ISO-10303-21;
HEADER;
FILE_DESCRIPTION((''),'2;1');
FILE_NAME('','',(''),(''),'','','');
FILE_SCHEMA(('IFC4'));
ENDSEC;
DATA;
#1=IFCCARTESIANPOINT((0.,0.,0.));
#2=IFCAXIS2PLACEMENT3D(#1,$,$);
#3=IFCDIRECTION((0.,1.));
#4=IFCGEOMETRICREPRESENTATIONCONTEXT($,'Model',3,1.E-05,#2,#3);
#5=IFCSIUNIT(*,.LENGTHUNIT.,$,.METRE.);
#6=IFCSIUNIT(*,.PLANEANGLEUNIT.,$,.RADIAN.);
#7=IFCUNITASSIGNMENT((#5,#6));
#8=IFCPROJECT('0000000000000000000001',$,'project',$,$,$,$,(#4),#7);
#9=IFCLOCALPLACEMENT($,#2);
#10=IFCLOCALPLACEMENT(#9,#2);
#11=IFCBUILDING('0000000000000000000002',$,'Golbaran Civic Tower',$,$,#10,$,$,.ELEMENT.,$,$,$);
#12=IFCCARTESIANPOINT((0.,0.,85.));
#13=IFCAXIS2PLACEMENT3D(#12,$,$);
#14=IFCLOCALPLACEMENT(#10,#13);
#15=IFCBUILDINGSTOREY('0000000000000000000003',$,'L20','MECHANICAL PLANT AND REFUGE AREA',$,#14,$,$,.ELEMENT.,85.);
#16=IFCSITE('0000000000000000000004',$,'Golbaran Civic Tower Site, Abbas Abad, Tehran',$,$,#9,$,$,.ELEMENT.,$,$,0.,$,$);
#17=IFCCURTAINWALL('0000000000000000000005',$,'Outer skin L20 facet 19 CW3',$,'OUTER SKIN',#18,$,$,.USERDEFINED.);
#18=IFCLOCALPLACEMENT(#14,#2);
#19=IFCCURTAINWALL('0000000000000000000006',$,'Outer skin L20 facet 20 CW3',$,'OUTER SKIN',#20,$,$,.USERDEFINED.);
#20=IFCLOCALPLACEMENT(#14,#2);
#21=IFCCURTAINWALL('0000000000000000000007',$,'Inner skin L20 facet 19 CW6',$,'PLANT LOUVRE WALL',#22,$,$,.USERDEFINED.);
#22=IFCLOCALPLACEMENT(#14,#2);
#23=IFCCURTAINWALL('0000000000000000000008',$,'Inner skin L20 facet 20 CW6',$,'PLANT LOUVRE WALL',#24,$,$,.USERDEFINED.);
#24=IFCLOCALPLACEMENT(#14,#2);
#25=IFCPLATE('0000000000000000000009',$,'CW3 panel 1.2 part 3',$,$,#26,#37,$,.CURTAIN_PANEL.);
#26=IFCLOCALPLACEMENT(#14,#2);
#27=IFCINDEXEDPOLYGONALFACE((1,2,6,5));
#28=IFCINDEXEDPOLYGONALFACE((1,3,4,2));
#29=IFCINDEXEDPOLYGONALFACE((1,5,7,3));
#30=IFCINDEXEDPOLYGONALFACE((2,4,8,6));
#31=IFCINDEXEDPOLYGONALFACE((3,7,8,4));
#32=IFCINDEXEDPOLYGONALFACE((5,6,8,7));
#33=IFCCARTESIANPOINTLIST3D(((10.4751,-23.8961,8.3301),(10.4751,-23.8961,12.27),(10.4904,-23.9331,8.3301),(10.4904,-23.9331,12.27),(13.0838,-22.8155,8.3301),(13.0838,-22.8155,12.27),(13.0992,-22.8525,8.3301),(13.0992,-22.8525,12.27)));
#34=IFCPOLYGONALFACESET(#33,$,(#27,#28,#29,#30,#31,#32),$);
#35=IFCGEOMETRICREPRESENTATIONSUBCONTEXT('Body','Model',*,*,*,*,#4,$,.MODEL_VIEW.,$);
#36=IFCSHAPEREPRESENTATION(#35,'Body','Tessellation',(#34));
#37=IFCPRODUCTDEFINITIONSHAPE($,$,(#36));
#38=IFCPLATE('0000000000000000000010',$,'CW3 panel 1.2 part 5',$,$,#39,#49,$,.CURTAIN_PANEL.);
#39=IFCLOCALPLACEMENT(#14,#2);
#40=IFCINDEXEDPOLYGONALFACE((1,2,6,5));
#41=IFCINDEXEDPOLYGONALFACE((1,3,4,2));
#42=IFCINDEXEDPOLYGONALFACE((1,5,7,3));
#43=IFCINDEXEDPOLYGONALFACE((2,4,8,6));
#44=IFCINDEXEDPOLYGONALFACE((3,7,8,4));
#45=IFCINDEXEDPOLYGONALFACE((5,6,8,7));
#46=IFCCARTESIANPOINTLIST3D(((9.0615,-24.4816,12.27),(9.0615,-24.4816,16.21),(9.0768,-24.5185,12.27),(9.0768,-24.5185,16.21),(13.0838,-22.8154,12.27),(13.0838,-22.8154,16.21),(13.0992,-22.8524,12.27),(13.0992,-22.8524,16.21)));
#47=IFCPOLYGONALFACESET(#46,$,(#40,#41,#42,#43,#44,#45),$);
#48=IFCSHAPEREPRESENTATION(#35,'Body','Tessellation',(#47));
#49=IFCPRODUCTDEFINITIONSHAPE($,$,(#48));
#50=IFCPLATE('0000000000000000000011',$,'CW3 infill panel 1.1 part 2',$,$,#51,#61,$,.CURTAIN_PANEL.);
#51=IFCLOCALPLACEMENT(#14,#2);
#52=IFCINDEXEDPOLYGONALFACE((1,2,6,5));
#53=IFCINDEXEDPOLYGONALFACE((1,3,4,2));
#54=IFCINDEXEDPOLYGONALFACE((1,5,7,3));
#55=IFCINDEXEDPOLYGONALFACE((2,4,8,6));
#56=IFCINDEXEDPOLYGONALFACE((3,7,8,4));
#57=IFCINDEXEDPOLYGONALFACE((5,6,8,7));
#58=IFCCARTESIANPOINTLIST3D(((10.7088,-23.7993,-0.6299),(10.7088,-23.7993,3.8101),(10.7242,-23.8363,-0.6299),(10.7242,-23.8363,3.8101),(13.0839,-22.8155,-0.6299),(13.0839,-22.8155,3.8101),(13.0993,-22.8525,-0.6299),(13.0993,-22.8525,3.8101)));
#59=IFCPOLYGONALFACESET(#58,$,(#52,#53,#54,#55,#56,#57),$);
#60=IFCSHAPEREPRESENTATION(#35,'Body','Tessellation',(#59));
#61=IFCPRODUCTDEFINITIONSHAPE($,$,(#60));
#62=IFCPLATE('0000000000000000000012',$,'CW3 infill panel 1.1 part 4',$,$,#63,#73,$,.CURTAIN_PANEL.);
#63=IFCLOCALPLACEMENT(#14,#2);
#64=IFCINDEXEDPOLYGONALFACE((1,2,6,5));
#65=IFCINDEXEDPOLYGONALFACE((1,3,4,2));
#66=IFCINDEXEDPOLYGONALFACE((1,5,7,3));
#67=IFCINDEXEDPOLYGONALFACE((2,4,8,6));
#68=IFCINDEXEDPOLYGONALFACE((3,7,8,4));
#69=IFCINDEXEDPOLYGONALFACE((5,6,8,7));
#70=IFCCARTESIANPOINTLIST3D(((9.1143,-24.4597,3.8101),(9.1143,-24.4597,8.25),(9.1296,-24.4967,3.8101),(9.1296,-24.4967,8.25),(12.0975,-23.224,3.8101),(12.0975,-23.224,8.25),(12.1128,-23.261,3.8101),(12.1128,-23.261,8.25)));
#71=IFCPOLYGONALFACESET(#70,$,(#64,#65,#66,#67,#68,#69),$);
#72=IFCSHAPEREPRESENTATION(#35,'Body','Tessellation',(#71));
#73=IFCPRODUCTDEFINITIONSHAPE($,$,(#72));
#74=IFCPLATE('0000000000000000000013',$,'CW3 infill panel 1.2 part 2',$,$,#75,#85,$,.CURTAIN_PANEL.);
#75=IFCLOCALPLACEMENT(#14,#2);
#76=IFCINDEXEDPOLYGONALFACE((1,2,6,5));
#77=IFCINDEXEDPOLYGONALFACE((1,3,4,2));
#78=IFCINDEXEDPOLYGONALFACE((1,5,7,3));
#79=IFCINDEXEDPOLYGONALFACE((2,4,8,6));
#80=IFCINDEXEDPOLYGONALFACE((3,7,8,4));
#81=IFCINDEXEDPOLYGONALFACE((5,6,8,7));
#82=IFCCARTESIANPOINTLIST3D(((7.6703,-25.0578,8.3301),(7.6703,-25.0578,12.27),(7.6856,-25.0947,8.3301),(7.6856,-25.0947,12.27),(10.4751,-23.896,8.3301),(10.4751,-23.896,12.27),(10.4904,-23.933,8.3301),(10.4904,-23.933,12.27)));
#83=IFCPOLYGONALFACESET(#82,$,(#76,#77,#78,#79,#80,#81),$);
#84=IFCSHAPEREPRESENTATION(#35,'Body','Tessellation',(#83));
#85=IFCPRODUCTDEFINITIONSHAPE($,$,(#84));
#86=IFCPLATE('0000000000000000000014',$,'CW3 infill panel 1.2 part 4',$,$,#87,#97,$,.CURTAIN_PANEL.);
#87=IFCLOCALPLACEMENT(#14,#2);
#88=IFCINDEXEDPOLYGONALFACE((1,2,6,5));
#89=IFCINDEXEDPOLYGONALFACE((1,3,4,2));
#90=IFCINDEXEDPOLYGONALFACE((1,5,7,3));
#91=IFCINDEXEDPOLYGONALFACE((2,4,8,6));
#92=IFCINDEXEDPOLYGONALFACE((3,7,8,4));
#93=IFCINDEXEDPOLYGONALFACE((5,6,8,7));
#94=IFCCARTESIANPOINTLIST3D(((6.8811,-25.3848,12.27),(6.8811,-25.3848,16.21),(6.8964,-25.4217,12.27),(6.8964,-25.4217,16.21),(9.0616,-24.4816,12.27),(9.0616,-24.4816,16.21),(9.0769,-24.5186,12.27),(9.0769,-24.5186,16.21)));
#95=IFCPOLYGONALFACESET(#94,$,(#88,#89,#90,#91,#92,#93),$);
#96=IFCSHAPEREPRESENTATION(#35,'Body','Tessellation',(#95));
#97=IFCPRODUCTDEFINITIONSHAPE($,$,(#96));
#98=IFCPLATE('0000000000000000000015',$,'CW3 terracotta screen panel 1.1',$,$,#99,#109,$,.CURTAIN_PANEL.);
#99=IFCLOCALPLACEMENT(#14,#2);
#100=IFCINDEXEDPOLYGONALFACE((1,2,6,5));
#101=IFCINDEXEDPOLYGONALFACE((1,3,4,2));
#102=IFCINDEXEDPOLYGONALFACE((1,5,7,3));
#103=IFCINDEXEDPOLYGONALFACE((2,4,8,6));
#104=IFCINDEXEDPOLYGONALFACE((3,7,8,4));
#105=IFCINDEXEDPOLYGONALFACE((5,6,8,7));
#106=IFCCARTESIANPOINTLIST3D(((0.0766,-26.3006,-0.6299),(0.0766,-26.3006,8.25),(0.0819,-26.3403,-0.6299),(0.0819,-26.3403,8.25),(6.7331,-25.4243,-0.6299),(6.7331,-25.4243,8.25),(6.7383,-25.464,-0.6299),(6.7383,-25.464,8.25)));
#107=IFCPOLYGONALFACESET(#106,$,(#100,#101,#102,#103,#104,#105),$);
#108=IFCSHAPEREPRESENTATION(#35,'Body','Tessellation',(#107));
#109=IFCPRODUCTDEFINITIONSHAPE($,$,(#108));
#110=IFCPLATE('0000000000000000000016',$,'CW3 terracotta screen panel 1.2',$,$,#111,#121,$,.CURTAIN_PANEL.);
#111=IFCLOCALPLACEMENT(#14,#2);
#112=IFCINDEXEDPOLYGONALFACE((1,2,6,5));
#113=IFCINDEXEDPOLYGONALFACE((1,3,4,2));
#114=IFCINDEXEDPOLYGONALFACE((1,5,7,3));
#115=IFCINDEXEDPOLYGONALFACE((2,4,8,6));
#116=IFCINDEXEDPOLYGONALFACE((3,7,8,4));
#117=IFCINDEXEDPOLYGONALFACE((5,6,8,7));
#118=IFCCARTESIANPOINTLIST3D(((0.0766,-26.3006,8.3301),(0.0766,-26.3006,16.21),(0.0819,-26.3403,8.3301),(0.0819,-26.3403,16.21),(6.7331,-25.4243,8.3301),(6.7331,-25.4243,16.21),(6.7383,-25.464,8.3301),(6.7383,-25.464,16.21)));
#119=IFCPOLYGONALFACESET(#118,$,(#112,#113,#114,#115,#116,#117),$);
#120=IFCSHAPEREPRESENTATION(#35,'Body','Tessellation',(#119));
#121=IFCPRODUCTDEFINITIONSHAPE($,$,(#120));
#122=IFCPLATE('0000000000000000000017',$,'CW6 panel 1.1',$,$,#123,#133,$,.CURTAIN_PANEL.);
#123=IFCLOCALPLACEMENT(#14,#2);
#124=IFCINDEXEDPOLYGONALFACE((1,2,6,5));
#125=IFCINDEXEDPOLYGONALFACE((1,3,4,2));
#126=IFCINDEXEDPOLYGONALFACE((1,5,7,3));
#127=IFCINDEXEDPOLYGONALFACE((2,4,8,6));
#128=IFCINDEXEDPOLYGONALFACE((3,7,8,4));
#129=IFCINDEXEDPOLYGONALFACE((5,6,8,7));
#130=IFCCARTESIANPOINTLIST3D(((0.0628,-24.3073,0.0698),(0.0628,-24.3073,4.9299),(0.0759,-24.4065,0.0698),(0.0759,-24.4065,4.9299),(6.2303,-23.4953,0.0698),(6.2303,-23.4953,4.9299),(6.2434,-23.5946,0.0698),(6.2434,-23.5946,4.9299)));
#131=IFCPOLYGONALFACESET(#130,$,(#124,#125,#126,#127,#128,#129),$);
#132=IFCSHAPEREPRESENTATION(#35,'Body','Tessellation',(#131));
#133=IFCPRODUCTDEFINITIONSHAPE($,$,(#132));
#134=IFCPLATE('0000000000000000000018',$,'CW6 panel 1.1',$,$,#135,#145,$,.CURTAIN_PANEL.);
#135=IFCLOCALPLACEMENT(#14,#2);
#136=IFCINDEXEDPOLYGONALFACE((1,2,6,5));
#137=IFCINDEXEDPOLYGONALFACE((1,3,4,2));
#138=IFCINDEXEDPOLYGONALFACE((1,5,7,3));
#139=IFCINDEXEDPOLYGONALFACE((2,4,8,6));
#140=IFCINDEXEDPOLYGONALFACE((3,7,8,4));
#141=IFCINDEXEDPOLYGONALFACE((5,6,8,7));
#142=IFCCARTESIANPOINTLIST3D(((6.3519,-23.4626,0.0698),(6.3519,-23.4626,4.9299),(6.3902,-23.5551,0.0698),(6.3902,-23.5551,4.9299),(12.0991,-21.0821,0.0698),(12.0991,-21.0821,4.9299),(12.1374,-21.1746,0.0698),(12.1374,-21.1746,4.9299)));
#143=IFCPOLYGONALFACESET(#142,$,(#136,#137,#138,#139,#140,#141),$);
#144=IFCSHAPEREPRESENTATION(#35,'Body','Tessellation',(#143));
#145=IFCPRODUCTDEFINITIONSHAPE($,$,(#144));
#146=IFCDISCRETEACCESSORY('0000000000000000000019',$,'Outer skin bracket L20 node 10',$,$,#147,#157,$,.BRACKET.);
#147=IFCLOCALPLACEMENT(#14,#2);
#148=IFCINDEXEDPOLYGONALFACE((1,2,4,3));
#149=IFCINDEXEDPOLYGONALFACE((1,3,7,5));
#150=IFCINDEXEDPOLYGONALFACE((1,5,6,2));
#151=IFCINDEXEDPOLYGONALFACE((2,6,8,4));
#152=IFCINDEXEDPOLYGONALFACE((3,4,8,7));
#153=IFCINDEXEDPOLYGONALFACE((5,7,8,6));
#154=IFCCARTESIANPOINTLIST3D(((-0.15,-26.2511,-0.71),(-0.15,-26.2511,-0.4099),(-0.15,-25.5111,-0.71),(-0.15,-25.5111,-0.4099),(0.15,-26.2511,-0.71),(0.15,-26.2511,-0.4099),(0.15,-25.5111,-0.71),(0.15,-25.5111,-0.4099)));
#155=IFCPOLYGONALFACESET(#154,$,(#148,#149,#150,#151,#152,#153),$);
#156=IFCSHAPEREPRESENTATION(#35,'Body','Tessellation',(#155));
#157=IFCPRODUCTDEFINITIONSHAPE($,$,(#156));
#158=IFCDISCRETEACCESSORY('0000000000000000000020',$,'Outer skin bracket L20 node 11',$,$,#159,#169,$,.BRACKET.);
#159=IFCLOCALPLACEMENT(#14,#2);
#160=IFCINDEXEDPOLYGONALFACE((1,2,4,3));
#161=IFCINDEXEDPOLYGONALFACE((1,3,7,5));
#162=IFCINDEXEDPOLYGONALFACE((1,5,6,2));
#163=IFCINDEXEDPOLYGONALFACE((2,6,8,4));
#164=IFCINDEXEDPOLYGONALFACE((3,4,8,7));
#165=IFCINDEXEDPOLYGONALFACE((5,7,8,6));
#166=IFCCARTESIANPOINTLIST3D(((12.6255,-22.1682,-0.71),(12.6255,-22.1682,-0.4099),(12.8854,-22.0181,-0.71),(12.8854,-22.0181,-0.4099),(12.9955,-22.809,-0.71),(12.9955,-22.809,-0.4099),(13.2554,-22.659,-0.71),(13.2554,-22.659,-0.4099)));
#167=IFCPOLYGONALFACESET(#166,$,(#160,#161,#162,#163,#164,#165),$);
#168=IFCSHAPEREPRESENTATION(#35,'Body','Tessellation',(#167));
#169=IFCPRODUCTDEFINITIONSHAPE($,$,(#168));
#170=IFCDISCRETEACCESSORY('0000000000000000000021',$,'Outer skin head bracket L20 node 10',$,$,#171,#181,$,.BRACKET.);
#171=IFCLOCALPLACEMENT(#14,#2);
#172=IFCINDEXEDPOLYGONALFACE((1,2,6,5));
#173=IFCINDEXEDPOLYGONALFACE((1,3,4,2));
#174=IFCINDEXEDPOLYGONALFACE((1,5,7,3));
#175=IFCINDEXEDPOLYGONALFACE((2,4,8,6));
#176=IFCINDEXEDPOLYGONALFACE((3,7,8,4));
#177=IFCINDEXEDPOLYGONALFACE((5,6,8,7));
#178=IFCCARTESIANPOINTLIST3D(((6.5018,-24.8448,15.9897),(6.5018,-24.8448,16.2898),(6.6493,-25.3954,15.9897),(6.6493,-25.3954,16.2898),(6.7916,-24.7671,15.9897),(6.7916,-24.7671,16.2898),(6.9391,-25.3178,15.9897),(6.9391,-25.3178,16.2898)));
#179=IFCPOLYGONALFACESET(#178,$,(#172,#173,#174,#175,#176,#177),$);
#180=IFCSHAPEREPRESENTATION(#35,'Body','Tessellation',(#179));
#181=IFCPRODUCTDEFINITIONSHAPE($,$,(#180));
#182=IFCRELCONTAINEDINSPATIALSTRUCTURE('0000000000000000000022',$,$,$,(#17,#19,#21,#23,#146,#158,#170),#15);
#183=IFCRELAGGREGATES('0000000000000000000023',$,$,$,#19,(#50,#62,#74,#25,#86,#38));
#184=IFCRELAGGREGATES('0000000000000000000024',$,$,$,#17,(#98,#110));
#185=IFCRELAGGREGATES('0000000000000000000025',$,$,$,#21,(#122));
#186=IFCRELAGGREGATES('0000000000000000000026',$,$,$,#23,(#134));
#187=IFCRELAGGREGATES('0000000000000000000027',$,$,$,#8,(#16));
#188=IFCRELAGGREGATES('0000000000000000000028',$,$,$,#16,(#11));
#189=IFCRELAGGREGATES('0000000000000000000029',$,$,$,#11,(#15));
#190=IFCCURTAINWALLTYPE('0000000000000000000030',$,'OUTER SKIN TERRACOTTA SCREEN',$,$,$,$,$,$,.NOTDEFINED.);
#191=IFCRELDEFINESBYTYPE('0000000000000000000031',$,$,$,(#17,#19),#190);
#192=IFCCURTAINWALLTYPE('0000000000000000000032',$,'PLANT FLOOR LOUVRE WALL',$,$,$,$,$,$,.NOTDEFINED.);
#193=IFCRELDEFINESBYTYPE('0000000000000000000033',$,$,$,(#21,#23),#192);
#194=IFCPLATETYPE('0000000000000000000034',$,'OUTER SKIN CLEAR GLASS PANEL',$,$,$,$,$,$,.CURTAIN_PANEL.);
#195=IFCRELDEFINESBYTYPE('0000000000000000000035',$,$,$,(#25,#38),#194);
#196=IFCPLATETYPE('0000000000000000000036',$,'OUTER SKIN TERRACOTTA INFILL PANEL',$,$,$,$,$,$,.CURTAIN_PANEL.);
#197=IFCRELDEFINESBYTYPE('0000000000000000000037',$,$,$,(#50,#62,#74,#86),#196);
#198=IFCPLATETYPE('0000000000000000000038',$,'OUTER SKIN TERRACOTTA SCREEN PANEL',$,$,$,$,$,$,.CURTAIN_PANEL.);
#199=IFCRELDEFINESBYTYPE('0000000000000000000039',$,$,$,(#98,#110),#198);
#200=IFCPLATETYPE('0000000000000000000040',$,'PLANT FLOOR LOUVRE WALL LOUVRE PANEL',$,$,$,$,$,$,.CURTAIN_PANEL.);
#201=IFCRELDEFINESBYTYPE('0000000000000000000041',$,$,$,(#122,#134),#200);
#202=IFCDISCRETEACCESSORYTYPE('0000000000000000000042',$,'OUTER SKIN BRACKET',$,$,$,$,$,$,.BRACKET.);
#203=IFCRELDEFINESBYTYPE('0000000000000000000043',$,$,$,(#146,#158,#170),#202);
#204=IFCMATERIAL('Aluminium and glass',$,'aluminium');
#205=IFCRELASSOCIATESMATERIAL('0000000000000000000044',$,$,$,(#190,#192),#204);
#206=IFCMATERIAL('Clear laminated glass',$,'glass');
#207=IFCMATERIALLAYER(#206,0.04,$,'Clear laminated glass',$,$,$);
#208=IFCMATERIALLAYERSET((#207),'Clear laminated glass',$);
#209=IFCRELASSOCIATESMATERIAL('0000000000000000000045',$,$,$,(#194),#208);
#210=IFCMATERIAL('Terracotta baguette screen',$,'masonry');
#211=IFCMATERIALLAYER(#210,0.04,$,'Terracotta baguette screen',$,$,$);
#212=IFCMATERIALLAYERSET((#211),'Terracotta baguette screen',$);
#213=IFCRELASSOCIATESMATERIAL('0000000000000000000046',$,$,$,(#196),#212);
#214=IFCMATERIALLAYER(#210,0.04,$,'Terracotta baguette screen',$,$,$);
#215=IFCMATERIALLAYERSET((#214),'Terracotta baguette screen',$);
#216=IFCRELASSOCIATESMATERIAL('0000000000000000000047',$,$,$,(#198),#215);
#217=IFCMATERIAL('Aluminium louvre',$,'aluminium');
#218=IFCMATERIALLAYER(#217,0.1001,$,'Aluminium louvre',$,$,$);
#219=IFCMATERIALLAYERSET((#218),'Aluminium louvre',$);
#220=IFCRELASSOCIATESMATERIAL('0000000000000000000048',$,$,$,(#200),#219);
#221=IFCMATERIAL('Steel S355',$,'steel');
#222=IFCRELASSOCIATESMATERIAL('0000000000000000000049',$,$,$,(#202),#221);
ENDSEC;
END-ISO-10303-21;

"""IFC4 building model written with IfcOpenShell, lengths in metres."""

from ifc_helpers import new_model, si_unit, direction, frame, origin, origin_2d, place, context, subcontext, project, spatial, rectangle, extrude, material, layer, layer_set, type_object, element, aggregate, save


model = new_model("IFC4")

# Units and contexts
model_context = context("Model", 3, precision=1e-05, world=origin(), true_north=direction((0.0, 1.0)))
body_context = subcontext(model_context, "Body", "Model", "MODEL_VIEW")
ifc_project = project(units=[si_unit("LENGTHUNIT", "METRE"), si_unit("PLANEANGLEUNIT", "RADIAN")], contexts=[model_context])

# Site, building, storey
site_placement = place(None, origin())
site = spatial("IfcSite", under=ifc_project, at=site_placement, Name="Golbaran Civic Tower Site, Abbas Abad, Tehran", CompositionType="ELEMENT", RefElevation=0.0)
building_placement = place(site_placement, origin())
building = spatial("IfcBuilding", under=site, at=building_placement, Name="Golbaran Civic Tower", CompositionType="ELEMENT")
storey_placement = place(building_placement, frame((0.0, 0.0, 85.0)))
storey = spatial("IfcBuildingStorey", under=building, at=storey_placement, Name="L20", Description="MECHANICAL PLANT AND REFUGE AREA", CompositionType="ELEMENT", Elevation=85.0)

# Shared definitions
ifc_material_1 = material(Name="Steel S355", Category="steel")

# Curtain wall
ifc_material_2 = material(Name="Aluminium and glass", Category="aluminium")
curtain_wall_type_1 = type_object("IfcCurtainWallType", Name="OUTER SKIN TERRACOTTA SCREEN", PredefinedType="NOTDEFINED", material=ifc_material_2)
curtain_wall_1_placement = place(storey_placement, origin())
curtain_wall_1 = element("IfcCurtainWall", 1, at=curtain_wall_1_placement, inside=storey, type_object=curtain_wall_type_1, Name="Outer skin L20 facet 19 CW3", ObjectType="OUTER SKIN", PredefinedType="USERDEFINED")

# Curtain wall
curtain_wall_2_placement = place(storey_placement, origin())
curtain_wall_2 = element("IfcCurtainWall", 2, at=curtain_wall_2_placement, inside=storey, type_object=curtain_wall_type_1, Name="Outer skin L20 facet 20 CW3", ObjectType="OUTER SKIN", PredefinedType="USERDEFINED")

# Curtain wall
curtain_wall_type_2 = type_object("IfcCurtainWallType", Name="PLANT FLOOR LOUVRE WALL", PredefinedType="NOTDEFINED", material=ifc_material_2)
curtain_wall_3_placement = place(storey_placement, origin())
curtain_wall_3 = element("IfcCurtainWall", 3, at=curtain_wall_3_placement, inside=storey, type_object=curtain_wall_type_2, Name="Inner skin L20 facet 19 CW6", ObjectType="PLANT LOUVRE WALL", PredefinedType="USERDEFINED")

# Curtain wall
curtain_wall_4_placement = place(storey_placement, origin())
curtain_wall_4 = element("IfcCurtainWall", 4, at=curtain_wall_4_placement, inside=storey, type_object=curtain_wall_type_2, Name="Inner skin L20 facet 20 CW6", ObjectType="PLANT LOUVRE WALL", PredefinedType="USERDEFINED")

# Plates
ifc_material_3 = material(Name="Clear laminated glass", Category="glass")
ifc_layer_1 = layer(ifc_material_3, 0.04, Name="Clear laminated glass")
ifc_layer_set_1 = layer_set([ifc_layer_1], Name="Clear laminated glass")
plate_type_1 = type_object("IfcPlateType", Name="OUTER SKIN CLEAR GLASS PANEL", PredefinedType="CURTAIN_PANEL", material=ifc_layer_set_1)
plate_1_placement = place(storey_placement, frame((11.7871, -23.3743, 8.3301), z_axis=(0.0, 0.0, 1.0), x_axis=(0.92388, 0.382683, 0.0)))
plate_1 = element("IfcPlate", 5, at=plate_1_placement, type_object=plate_type_1, Name="CW3 panel 1.2 part 3", PredefinedType="CURTAIN_PANEL", context=body_context, shape_type="SweptSolid", body=[
    extrude(rectangle(XDim=2.8237, YDim=0.04, at=origin_2d()), origin(), (0.0, 0.0, 1.0), 3.9399),
])
plate_2_placement = place(storey_placement, frame((11.0803, -23.667, 12.27), z_axis=(0.0, 0.0, 1.0), x_axis=(0.92388, 0.382683, 0.0)))
plate_2 = element("IfcPlate", 6, at=plate_2_placement, type_object=plate_type_1, Name="CW3 panel 1.2 part 5", PredefinedType="CURTAIN_PANEL", context=body_context, shape_type="SweptSolid", body=[
    extrude(rectangle(XDim=4.3538, YDim=0.04, at=origin_2d()), origin(), (0.0, 0.0, 1.0), 3.9399),
])
ifc_material_4 = material(Name="Terracotta baguette screen", Category="masonry")
ifc_layer_2 = layer(ifc_material_4, 0.04, Name="Terracotta baguette screen")
ifc_layer_set_2 = layer_set([ifc_layer_2], Name="Terracotta baguette screen")
plate_type_2 = type_object("IfcPlateType", Name="OUTER SKIN TERRACOTTA INFILL PANEL", PredefinedType="CURTAIN_PANEL", material=ifc_layer_set_2)
plate_3_placement = place(storey_placement, frame((11.9041, -23.3259, -0.6299), z_axis=(0.0, 0.0, 1.0), x_axis=(0.92388, 0.382683, 0.0)))
plate_3 = element("IfcPlate", 7, at=plate_3_placement, type_object=plate_type_2, Name="CW3 infill panel 1.1 part 2", PredefinedType="CURTAIN_PANEL", context=body_context, shape_type="SweptSolid", body=[
    extrude(rectangle(XDim=2.5708, YDim=0.04, at=origin_2d()), origin(), (0.0, 0.0, 1.0), 4.4399),
])
plate_4_placement = place(storey_placement, frame((10.6135, -23.8604, 3.8101), z_axis=(0.0, 0.0, 1.0), x_axis=(0.92388, 0.382683, 0.0)))
plate_4 = element("IfcPlate", 8, at=plate_4_placement, type_object=plate_type_2, Name="CW3 infill panel 1.1 part 4", PredefinedType="CURTAIN_PANEL", context=body_context, shape_type="SweptSolid", body=[
    extrude(rectangle(XDim=3.229, YDim=0.04, at=origin_2d()), origin(), (0.0, 0.0, 1.0), 4.4399),
])
plate_5_placement = place(storey_placement, frame((9.0803, -24.4954, 8.3301), z_axis=(0.0, 0.0, 1.0), x_axis=(0.92388, 0.382683, 0.0)))
plate_5 = element("IfcPlate", 9, at=plate_5_placement, type_object=plate_type_2, Name="CW3 infill panel 1.2 part 2", PredefinedType="CURTAIN_PANEL", context=body_context, shape_type="SweptSolid", body=[
    extrude(rectangle(XDim=3.0359, YDim=0.04, at=origin_2d()), origin(), (0.0, 0.0, 1.0), 3.9399),
])
plate_6_placement = place(storey_placement, frame((7.979, -24.9517, 12.27), z_axis=(0.0, 0.0, 1.0), x_axis=(0.92388, 0.382683, 0.0)))
plate_6 = element("IfcPlate", 10, at=plate_6_placement, type_object=plate_type_2, Name="CW3 infill panel 1.2 part 4", PredefinedType="CURTAIN_PANEL", context=body_context, shape_type="SweptSolid", body=[
    extrude(rectangle(XDim=2.3601, YDim=0.04, at=origin_2d()), origin(), (0.0, 0.0, 1.0), 3.9399),
])
aggregate(curtain_wall_2, [plate_3, plate_4, plate_5, plate_1, plate_6, plate_2])
ifc_layer_3 = layer(ifc_material_4, 0.04, Name="Terracotta baguette screen")
ifc_layer_set_3 = layer_set([ifc_layer_3], Name="Terracotta baguette screen")
plate_type_3 = type_object("IfcPlateType", Name="OUTER SKIN TERRACOTTA SCREEN PANEL", PredefinedType="CURTAIN_PANEL", material=ifc_layer_set_3)
plate_7_placement = place(storey_placement, frame((3.4075, -25.8823, -0.6299), z_axis=(0.0, 0.0, 1.0), x_axis=(0.991445, 0.130526, 0.0)))
plate_7 = element("IfcPlate", 11, at=plate_7_placement, type_object=plate_type_3, Name="CW3 terracotta screen panel 1.1", PredefinedType="CURTAIN_PANEL", context=body_context, shape_type="SweptSolid", body=[
    extrude(rectangle(XDim=6.7139, YDim=0.04, at=origin_2d()), origin(), (0.0, 0.0, 1.0), 8.8799),
])
plate_8_placement = place(storey_placement, frame((3.4075, -25.8823, 8.3301), z_axis=(0.0, 0.0, 1.0), x_axis=(0.991445, 0.130526, 0.0)))
plate_8 = element("IfcPlate", 12, at=plate_8_placement, type_object=plate_type_3, Name="CW3 terracotta screen panel 1.2", PredefinedType="CURTAIN_PANEL", context=body_context, shape_type="SweptSolid", body=[
    extrude(rectangle(XDim=6.7139, YDim=0.04, at=origin_2d()), origin(), (0.0, 0.0, 1.0), 7.8799),
])
aggregate(curtain_wall_1, [plate_7, plate_8])
ifc_material_5 = material(Name="Aluminium louvre", Category="aluminium")
ifc_layer_4 = layer(ifc_material_5, 0.1001, Name="Aluminium louvre")
ifc_layer_set_4 = layer_set([ifc_layer_4], Name="Aluminium louvre")
plate_type_4 = type_object("IfcPlateType", Name="PLANT FLOOR LOUVRE WALL LOUVRE PANEL", PredefinedType="CURTAIN_PANEL", material=ifc_layer_set_4)
plate_9_placement = place(storey_placement, frame((3.1531, -23.9509, 0.0698), z_axis=(0.0, 0.0, 1.0), x_axis=(0.991445, 0.130526, 0.0)))
plate_9 = element("IfcPlate", 13, at=plate_9_placement, type_object=plate_type_4, Name="CW6 panel 1.1", PredefinedType="CURTAIN_PANEL", context=body_context, shape_type="SweptSolid", body=[
    extrude(rectangle(XDim=6.2207, YDim=0.1001, at=origin_2d()), origin(), (0.0, 0.0, 1.0), 4.8601),
])
aggregate(curtain_wall_3, [plate_9])
plate_10_placement = place(storey_placement, frame((9.2446, -22.3186, 0.0698), z_axis=(0.0, 0.0, 1.0), x_axis=(0.92388, 0.382683, 0.0)))
plate_10 = element("IfcPlate", 14, at=plate_10_placement, type_object=plate_type_4, Name="CW6 panel 1.1", PredefinedType="CURTAIN_PANEL", context=body_context, shape_type="SweptSolid", body=[
    extrude(rectangle(XDim=6.2207, YDim=0.1001, at=origin_2d()), origin(), (0.0, 0.0, 1.0), 4.8601),
])
aggregate(curtain_wall_4, [plate_10])

# Discrete accessories
discrete_accessory_type = type_object("IfcDiscreteAccessoryType", Name="OUTER SKIN BRACKET", PredefinedType="BRACKET", material=ifc_material_1)
for number, where, z_axis, x_axis, name in (
    (15, (0.0, -25.8811, -0.71), (0.0, 0.0, 1.0), (0.0, -1.0, 0.0), "Outer skin bracket L20 node 10"),
    (16, (12.9404, -22.4136, -0.71), (0.0, 0.0, 1.0), (0.5, -0.866025, 0.0), "Outer skin bracket L20 node 11"),
):
    element("IfcDiscreteAccessory", number, at=place(storey_placement, frame(where, z_axis=z_axis, x_axis=x_axis)), inside=storey, type_object=discrete_accessory_type, Name=name, PredefinedType="BRACKET", context=body_context, shape_type="SweptSolid", body=[
        extrude(rectangle(XDim=0.74, YDim=0.3, at=origin_2d()), origin(), (0.0, 0.0, 1.0), 0.3),
    ])
discrete_accessory_placement = place(storey_placement, frame((6.7205, -25.0813, 15.9897), z_axis=(0.0, 0.0, 1.0), x_axis=(0.258819, -0.965926, 0.0)))
element("IfcDiscreteAccessory", 17, at=discrete_accessory_placement, inside=storey, type_object=discrete_accessory_type, Name="Outer skin head bracket L20 node 10", PredefinedType="BRACKET", context=body_context, shape_type="SweptSolid", body=[
    extrude(rectangle(XDim=0.5701, YDim=0.3, at=origin_2d()), origin(), (0.0, 0.0, 1.0), 0.3),
])

save(model, "model.ifc")
